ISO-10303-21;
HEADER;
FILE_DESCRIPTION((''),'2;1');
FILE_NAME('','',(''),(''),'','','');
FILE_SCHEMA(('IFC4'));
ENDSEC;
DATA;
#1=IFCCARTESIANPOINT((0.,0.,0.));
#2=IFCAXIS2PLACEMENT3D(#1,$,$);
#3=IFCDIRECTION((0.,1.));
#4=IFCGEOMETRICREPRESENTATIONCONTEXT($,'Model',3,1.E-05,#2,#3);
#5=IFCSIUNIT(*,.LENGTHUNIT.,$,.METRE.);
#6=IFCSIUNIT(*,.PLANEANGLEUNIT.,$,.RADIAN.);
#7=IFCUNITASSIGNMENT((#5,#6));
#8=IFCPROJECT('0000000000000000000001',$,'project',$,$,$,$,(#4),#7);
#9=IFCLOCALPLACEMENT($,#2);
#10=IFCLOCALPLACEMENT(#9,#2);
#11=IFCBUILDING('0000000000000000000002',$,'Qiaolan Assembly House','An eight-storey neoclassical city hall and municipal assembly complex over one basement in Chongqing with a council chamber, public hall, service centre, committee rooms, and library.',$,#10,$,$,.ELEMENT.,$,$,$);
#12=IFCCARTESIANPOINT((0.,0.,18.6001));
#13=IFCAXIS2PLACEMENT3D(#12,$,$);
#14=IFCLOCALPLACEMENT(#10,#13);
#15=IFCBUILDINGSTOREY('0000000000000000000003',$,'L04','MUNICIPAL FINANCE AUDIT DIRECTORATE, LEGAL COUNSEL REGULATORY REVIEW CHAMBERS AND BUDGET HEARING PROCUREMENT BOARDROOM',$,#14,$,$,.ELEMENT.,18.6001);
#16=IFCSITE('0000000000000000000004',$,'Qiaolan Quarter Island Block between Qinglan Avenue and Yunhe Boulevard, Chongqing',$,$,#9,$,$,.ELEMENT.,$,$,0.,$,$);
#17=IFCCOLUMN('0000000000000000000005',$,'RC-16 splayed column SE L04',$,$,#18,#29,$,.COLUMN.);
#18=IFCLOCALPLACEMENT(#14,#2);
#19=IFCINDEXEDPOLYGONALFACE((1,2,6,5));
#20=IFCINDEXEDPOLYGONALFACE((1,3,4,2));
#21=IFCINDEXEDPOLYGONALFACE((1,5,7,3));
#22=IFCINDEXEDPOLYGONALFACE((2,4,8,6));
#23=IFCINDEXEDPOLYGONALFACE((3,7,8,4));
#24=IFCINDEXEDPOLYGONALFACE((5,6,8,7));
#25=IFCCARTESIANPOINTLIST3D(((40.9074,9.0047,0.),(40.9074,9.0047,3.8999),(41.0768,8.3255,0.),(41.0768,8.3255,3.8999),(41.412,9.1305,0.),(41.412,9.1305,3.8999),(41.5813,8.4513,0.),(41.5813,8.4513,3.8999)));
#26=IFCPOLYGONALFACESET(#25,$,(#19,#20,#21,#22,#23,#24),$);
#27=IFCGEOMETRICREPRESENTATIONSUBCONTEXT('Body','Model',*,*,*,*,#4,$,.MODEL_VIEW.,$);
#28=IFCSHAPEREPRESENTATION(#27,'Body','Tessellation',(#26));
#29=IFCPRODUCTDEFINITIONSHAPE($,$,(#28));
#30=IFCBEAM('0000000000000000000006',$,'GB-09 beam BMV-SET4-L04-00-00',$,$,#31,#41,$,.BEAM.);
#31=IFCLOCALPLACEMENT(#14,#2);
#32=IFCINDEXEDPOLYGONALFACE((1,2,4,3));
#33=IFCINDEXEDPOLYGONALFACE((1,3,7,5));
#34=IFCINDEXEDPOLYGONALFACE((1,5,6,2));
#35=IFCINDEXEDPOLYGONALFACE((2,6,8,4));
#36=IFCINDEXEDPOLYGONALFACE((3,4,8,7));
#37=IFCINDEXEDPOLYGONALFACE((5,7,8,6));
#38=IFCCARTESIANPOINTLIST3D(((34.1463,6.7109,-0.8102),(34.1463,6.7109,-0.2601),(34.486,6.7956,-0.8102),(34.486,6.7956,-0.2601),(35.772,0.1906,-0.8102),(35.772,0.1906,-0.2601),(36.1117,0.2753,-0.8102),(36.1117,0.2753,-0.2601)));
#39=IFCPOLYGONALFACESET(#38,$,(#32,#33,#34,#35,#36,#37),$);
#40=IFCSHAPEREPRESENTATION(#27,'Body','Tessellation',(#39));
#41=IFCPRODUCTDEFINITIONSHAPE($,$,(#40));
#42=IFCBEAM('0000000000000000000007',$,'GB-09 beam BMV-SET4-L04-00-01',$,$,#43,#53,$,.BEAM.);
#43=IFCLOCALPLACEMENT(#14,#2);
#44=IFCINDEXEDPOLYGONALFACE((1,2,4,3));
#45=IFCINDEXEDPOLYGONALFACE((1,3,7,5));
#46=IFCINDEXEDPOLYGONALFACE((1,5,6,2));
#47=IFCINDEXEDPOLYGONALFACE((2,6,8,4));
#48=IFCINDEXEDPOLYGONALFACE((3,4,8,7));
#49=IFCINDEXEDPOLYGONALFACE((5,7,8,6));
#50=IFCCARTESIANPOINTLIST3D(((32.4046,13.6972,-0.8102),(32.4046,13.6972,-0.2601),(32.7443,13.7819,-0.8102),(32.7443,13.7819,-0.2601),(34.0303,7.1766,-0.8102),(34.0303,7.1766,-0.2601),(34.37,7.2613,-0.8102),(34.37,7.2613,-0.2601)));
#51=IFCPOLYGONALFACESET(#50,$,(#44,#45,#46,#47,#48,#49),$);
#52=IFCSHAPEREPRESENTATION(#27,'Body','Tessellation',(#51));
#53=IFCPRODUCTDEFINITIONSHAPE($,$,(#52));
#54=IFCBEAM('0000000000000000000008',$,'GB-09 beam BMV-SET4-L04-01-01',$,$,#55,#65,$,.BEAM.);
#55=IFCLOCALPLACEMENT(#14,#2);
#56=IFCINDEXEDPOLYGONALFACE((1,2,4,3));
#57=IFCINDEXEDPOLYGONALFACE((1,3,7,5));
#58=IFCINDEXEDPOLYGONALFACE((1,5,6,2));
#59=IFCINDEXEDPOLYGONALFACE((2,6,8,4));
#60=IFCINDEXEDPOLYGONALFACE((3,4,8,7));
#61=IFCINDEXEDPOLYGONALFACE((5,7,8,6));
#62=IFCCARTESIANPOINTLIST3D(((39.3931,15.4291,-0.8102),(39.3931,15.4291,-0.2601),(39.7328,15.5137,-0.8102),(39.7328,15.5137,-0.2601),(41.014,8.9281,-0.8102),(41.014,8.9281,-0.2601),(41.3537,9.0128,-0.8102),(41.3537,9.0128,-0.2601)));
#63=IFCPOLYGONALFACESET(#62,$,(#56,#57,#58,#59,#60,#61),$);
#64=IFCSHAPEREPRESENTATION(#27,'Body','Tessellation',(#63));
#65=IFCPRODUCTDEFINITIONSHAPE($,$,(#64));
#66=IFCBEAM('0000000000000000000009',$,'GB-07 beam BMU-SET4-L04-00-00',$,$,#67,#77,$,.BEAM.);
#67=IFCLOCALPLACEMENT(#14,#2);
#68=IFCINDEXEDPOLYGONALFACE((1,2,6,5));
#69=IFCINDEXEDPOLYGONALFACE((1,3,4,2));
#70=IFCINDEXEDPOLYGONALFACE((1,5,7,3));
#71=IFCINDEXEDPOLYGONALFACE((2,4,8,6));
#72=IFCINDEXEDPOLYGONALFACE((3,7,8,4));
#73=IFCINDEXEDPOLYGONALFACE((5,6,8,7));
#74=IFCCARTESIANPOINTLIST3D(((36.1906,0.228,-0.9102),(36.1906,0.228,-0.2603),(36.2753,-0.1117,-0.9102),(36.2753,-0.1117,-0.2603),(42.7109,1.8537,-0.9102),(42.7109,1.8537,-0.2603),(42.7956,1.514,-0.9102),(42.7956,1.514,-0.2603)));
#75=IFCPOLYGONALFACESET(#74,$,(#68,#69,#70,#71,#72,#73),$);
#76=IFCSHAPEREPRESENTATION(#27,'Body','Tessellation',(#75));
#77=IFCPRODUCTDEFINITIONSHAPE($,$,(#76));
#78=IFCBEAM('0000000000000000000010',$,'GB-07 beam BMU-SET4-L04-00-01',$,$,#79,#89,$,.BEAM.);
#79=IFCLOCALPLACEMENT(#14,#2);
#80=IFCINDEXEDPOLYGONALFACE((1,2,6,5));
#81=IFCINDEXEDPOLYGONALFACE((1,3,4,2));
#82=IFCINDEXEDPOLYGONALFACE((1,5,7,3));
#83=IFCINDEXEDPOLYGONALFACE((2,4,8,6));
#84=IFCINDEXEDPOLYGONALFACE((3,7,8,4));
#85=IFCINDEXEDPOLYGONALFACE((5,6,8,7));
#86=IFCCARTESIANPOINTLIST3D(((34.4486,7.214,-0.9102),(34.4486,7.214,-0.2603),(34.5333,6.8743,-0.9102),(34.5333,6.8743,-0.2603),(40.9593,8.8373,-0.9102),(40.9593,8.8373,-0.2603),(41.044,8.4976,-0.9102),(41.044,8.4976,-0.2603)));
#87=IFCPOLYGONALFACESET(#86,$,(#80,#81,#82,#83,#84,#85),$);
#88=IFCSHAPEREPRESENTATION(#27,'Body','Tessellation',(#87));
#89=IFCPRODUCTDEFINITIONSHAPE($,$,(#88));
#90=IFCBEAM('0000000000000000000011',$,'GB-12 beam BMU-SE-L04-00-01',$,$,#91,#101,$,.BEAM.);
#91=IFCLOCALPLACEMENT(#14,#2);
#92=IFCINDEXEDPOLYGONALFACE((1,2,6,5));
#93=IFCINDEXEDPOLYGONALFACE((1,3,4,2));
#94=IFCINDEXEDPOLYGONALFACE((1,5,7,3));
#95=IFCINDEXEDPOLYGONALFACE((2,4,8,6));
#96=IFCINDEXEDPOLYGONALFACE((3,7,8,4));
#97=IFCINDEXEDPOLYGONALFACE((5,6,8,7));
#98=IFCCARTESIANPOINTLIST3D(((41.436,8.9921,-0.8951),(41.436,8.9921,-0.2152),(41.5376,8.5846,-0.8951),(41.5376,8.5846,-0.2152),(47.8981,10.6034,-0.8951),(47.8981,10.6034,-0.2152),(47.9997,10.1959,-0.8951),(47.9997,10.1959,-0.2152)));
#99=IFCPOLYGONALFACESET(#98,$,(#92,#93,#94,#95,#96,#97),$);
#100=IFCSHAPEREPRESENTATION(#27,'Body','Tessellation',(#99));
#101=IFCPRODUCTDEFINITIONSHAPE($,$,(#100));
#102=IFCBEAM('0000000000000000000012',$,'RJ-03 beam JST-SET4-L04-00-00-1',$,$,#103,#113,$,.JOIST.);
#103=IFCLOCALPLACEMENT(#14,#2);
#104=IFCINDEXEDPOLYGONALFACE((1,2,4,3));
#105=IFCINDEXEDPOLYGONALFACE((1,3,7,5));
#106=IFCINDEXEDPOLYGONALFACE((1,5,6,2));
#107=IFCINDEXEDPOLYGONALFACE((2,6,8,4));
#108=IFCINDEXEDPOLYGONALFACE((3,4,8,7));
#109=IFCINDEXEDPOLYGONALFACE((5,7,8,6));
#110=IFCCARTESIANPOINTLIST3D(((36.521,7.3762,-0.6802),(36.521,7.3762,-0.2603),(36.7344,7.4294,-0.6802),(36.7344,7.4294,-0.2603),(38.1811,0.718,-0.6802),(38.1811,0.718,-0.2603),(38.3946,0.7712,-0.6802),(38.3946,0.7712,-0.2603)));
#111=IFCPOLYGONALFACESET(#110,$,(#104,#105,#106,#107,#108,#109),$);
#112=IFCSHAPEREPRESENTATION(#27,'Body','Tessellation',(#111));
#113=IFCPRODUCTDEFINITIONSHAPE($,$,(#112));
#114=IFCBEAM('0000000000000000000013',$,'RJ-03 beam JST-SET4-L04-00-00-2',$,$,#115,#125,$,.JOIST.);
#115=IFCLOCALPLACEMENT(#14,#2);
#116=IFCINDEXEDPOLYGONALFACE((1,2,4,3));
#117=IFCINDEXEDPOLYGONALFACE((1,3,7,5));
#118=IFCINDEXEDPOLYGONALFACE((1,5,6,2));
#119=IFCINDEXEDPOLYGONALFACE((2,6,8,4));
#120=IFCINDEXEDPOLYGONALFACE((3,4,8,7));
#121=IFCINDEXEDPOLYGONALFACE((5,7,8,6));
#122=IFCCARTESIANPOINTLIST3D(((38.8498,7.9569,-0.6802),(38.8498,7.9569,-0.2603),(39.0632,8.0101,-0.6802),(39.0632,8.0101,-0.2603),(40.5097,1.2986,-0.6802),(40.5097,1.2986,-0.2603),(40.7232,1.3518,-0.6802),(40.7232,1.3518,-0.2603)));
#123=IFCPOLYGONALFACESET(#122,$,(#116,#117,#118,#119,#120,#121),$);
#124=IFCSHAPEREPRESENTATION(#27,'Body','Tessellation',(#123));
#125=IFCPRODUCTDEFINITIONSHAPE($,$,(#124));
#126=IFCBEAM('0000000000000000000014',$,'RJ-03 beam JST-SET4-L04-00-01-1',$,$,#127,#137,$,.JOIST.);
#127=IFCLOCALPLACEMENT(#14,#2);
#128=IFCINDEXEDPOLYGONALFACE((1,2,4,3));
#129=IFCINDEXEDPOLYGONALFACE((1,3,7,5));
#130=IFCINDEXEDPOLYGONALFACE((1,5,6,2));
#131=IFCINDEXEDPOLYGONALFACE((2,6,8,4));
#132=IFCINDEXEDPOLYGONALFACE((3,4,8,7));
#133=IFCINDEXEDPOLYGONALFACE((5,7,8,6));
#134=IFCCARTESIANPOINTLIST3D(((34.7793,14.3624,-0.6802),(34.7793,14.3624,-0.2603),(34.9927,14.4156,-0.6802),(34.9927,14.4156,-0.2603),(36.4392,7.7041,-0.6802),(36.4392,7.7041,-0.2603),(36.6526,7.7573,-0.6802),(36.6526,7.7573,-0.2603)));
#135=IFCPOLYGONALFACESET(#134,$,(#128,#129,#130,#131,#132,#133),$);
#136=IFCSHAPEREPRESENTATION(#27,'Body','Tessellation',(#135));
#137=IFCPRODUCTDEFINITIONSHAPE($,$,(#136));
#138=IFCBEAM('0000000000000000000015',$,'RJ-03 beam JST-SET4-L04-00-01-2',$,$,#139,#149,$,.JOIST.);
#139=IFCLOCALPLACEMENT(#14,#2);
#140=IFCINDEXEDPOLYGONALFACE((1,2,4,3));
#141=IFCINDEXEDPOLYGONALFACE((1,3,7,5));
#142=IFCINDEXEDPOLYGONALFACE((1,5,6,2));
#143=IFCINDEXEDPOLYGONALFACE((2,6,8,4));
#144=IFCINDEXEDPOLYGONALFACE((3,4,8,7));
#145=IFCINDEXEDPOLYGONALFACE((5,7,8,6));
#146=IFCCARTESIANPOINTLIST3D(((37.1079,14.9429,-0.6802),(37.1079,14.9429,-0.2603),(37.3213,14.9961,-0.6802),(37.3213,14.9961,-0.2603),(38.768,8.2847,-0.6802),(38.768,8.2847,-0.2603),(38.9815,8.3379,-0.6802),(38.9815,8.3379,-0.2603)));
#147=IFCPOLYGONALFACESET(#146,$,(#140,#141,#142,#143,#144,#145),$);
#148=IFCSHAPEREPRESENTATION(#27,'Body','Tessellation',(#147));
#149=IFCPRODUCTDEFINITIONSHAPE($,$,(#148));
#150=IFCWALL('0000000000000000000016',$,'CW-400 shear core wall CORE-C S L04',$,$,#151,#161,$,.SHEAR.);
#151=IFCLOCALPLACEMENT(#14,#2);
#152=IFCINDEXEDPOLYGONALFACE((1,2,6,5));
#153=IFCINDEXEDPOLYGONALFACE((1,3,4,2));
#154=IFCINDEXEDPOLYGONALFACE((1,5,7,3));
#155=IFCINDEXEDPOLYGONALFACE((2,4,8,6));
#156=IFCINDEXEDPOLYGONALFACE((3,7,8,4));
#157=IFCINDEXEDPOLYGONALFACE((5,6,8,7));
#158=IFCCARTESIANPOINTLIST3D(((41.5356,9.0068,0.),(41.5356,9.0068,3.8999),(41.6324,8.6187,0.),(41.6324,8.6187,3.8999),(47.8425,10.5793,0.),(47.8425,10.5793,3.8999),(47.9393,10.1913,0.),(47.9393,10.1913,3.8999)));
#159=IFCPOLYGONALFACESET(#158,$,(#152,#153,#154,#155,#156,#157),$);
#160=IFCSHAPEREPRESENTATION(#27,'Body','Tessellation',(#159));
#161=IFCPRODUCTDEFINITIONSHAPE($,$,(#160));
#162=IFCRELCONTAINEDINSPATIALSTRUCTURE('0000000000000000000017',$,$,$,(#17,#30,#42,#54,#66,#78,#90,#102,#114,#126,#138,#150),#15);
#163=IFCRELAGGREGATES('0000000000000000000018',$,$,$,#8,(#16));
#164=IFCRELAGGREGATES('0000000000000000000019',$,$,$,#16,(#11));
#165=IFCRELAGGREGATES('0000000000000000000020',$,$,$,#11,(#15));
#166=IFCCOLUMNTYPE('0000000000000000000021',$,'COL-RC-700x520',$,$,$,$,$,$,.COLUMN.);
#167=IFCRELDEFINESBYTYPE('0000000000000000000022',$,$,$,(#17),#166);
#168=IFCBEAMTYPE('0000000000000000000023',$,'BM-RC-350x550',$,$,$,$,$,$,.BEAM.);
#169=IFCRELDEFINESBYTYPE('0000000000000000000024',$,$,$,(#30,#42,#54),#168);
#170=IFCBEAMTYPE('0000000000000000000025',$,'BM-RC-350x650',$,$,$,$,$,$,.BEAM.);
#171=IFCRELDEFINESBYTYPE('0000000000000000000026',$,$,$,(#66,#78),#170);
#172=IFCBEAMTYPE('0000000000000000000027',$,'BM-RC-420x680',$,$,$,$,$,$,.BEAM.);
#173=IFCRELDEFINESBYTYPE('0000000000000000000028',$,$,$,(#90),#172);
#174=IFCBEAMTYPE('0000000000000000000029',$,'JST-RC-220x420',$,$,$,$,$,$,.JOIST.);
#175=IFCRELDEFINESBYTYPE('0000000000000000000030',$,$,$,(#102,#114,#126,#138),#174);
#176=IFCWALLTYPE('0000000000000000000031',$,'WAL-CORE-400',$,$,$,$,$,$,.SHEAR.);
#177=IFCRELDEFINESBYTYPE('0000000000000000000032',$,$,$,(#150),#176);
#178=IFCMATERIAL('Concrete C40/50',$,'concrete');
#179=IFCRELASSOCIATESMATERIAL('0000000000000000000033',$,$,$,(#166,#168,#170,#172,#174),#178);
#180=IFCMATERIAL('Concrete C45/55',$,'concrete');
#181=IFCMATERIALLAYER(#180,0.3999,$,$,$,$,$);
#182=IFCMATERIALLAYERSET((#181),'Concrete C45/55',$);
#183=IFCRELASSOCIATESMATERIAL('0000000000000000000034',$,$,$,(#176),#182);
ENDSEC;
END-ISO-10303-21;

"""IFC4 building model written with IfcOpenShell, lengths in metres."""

from ifc_helpers import new_model, si_unit, direction, frame, frame_2d, origin, origin_2d, place, context, subcontext, project, spatial, rectangle, extrude, material, layer, layer_set, material_profile, profile_set, type_object, element, save


model = new_model("IFC4")

# Units and contexts
model_context = context("Model", 3, precision=1e-05, world=origin(), true_north=direction((0.0, 1.0)))
body_context = subcontext(model_context, "Body", "Model", "MODEL_VIEW")
ifc_project = project(units=[si_unit("LENGTHUNIT", "METRE"), si_unit("PLANEANGLEUNIT", "RADIAN")], contexts=[model_context])

# Site, building, storey
site_placement = place(None, origin())
site = spatial("IfcSite", under=ifc_project, at=site_placement, Name="Qiaolan Quarter Island Block between Qinglan Avenue and Yunhe Boulevard, Chongqing", CompositionType="ELEMENT", RefElevation=0.0)
building_placement = place(site_placement, origin())
building = spatial("IfcBuilding", under=site, at=building_placement, Name="Qiaolan Assembly House", Description="An eight-storey neoclassical city hall and municipal assembly complex over one basement in Chongqing with a council chamber, public hall, service centre, committee rooms, and library.", CompositionType="ELEMENT")
storey_placement = place(building_placement, frame((0.0, 0.0, 18.6001)))
storey = spatial("IfcBuildingStorey", under=building, at=storey_placement, Name="L04", Description="MUNICIPAL FINANCE AUDIT DIRECTORATE, LEGAL COUNSEL REGULATORY REVIEW CHAMBERS AND BUDGET HEARING PROCUREMENT BOARDROOM", CompositionType="ELEMENT", Elevation=18.6001)

# Column
ifc_material_1 = material(Name="Concrete C40/50", Category="concrete")
ifc_material_profile_1 = material_profile(ifc_material_1, rectangle(XDim=0.52, YDim=0.7, at=origin_2d()), Name="RC 700x520")
ifc_profile_set_1 = profile_set([ifc_material_profile_1], Name="Concrete C40/50")
column_type = type_object("IfcColumnType", Name="COL-RC-700x520", PredefinedType="COLUMN", material=ifc_profile_set_1)
column_placement = place(storey_placement, frame((41.2444, 8.728, 0.0), z_axis=(0.0, 0.0, 1.0), x_axis=(0.970296, 0.241922, 0.0)))
element("IfcColumn", 1, at=column_placement, inside=storey, type_object=column_type, Name="RC-16 splayed column SE L04", PredefinedType="COLUMN", context=body_context, shape_type="SweptSolid", body=[
    extrude(rectangle(XDim=0.52, YDim=0.7, at=origin_2d()), origin(), (0.0, 0.0, 1.0), 3.8999),
])

# Beams
ifc_material_profile_2 = material_profile(ifc_material_1, rectangle(XDim=0.3501, YDim=0.55, at=origin_2d()), Name="RCB 350x550")
ifc_profile_set_2 = profile_set([ifc_material_profile_2], Name="Concrete C40/50")
beam_type_1 = type_object("IfcBeamType", Name="BM-RC-350x550", PredefinedType="BEAM", material=ifc_profile_set_2)
beam_1_placement = place(storey_placement, frame((35.9419, 0.2329, -0.5352), z_axis=(-0.241929, 0.970294, 0.0), x_axis=(-0.970294, -0.241929, 0.0)))
element("IfcBeam", 2, at=beam_1_placement, inside=storey, type_object=beam_type_1, Name="GB-09 beam BMV-SET4-L04-00-00", PredefinedType="BEAM", context=body_context, shape_type="SweptSolid", body=[
    extrude(rectangle(XDim=0.3501, YDim=0.55, at=origin_2d()), origin(), (0.0, 0.0, 1.0), 6.72),
])
beam_2_placement = place(storey_placement, frame((34.2002, 7.219, -0.5352), z_axis=(-0.24192, 0.970296, 0.0), x_axis=(-0.970296, -0.24192, 0.0)))
element("IfcBeam", 3, at=beam_2_placement, inside=storey, type_object=beam_type_1, Name="GB-09 beam BMV-SET4-L04-00-01", PredefinedType="BEAM", context=body_context, shape_type="SweptSolid", body=[
    extrude(rectangle(XDim=0.3501, YDim=0.55, at=origin_2d()), origin(), (0.0, 0.0, 1.0), 6.7202),
])
beam_3_placement = place(storey_placement, frame((41.1838, 8.9705, -0.5352), z_axis=(-0.241918, 0.970297, 0.0), x_axis=(-0.970297, -0.241918, 0.0)))
element("IfcBeam", 4, at=beam_3_placement, inside=storey, type_object=beam_type_1, Name="GB-09 beam BMV-SET4-L04-01-01", PredefinedType="BEAM", context=body_context, shape_type="SweptSolid", body=[
    extrude(rectangle(XDim=0.3501, YDim=0.55, at=origin_2d()), origin(), (0.0, 0.0, 1.0), 6.7),
])
ifc_material_profile_3 = material_profile(ifc_material_1, rectangle(XDim=0.3501, YDim=0.6499, at=origin_2d()), Name="RCB 350x650")
ifc_profile_set_3 = profile_set([ifc_material_profile_3], Name="Concrete C40/50")
beam_type_2 = type_object("IfcBeamType", Name="BM-RC-350x650", PredefinedType="BEAM", material=ifc_profile_set_3)
beam_4_placement = place(storey_placement, frame((36.2329, 0.0581, -0.5852), z_axis=(0.970294, 0.241929, 0.0), x_axis=(-0.241929, 0.970294, 0.0)))
element("IfcBeam", 5, at=beam_4_placement, inside=storey, type_object=beam_type_2, Name="GB-07 beam BMU-SET4-L04-00-00", PredefinedType="BEAM", context=body_context, shape_type="SweptSolid", body=[
    extrude(rectangle(XDim=0.3501, YDim=0.6499, at=origin_2d()), origin(), (0.0, 0.0, 1.0), 6.72),
])
beam_5_placement = place(storey_placement, frame((34.491, 7.0442, -0.5852), z_axis=(0.970296, 0.241919, 0.0), x_axis=(-0.241919, 0.970296, 0.0)))
element("IfcBeam", 6, at=beam_5_placement, inside=storey, type_object=beam_type_2, Name="GB-07 beam BMU-SET4-L04-00-01", PredefinedType="BEAM", context=body_context, shape_type="SweptSolid", body=[
    extrude(rectangle(XDim=0.3501, YDim=0.6499, at=origin_2d()), origin(), (0.0, 0.0, 1.0), 6.71),
])
ifc_material_profile_4 = material_profile(ifc_material_1, rectangle(XDim=0.4199, YDim=0.6799, at=origin_2d()), Name="RCB 420x680")
ifc_profile_set_4 = profile_set([ifc_material_profile_4], Name="Concrete C40/50")
beam_type_3 = type_object("IfcBeamType", Name="BM-RC-420x680", PredefinedType="BEAM", material=ifc_profile_set_4)
beam_6_placement = place(storey_placement, frame((41.4868, 8.7883, -0.5552), z_axis=(0.970291, 0.24194, 0.0), x_axis=(-0.24194, 0.970291, 0.0)))
element("IfcBeam", 7, at=beam_6_placement, inside=storey, type_object=beam_type_3, Name="GB-12 beam BMU-SE-L04-00-01", PredefinedType="BEAM", context=body_context, shape_type="SweptSolid", body=[
    extrude(rectangle(XDim=0.4199, YDim=0.6799, at=origin_2d()), origin(), (0.0, 0.0, 1.0), 6.6599),
])
ifc_material_profile_5 = material_profile(ifc_material_1, rectangle(XDim=0.22, YDim=0.4199, at=origin_2d()), Name="RCB 220x420")
ifc_profile_set_5 = profile_set([ifc_material_profile_5], Name="Concrete C40/50")
beam_type_4 = type_object("IfcBeamType", Name="JST-RC-220x420", PredefinedType="JOIST", material=ifc_profile_set_5)
for number, where, z_axis, x_axis, name in (
    (8, (38.2878, 0.7446, -0.4702), (-0.241933, 0.970293, 0.0), (-0.970293, -0.241933, 0.0), "RJ-03 beam JST-SET4-L04-00-00-1"),
    (9, (40.6165, 1.3252, -0.4702), (-0.241899, 0.970301, 0.0), (-0.970301, -0.241899, 0.0), "RJ-03 beam JST-SET4-L04-00-00-2"),
    (10, (36.5459, 7.7307, -0.4702), (-0.241899, 0.970301, 0.0), (-0.970301, -0.241899, 0.0), "RJ-03 beam JST-SET4-L04-00-01-1"),
    (11, (38.8748, 8.3113, -0.4702), (-0.241933, 0.970293, 0.0), (-0.970293, -0.241933, 0.0), "RJ-03 beam JST-SET4-L04-00-01-2"),
):
    element("IfcBeam", number, at=place(storey_placement, frame(where, z_axis=z_axis, x_axis=x_axis)), inside=storey, type_object=beam_type_4, Name=name, PredefinedType="JOIST", context=body_context, shape_type="SweptSolid", body=[
        extrude(rectangle(XDim=0.22, YDim=0.4199, at=origin_2d()), origin(), (0.0, 0.0, 1.0), 6.8621),
    ])

# Wall
ifc_material_2 = material(Name="Concrete C45/55", Category="concrete")
ifc_layer_1 = layer(ifc_material_2, 0.3999)
ifc_layer_set_1 = layer_set([ifc_layer_1], Name="Concrete C45/55")
wall_type_1 = type_object("IfcWallType", Name="WAL-CORE-400", PredefinedType="SHEAR", material=ifc_layer_set_1)
wall_1_placement = place(storey_placement, frame((41.584, 8.8127, 0.0), z_axis=(0.0, 0.0, 1.0), x_axis=(0.970295, 0.241926, 0.0)))
element("IfcWall", 12, at=wall_1_placement, inside=storey, type_object=wall_type_1, Name="CW-400 shear core wall CORE-C S L04", PredefinedType="SHEAR", context=body_context, shape_type="SweptSolid", body=[
    extrude(rectangle(XDim=6.5, YDim=0.3999, at=frame_2d((3.25, 0.0))), origin(), (0.0, 0.0, 1.0), 3.8999),
])

save(model, "model.ifc")
